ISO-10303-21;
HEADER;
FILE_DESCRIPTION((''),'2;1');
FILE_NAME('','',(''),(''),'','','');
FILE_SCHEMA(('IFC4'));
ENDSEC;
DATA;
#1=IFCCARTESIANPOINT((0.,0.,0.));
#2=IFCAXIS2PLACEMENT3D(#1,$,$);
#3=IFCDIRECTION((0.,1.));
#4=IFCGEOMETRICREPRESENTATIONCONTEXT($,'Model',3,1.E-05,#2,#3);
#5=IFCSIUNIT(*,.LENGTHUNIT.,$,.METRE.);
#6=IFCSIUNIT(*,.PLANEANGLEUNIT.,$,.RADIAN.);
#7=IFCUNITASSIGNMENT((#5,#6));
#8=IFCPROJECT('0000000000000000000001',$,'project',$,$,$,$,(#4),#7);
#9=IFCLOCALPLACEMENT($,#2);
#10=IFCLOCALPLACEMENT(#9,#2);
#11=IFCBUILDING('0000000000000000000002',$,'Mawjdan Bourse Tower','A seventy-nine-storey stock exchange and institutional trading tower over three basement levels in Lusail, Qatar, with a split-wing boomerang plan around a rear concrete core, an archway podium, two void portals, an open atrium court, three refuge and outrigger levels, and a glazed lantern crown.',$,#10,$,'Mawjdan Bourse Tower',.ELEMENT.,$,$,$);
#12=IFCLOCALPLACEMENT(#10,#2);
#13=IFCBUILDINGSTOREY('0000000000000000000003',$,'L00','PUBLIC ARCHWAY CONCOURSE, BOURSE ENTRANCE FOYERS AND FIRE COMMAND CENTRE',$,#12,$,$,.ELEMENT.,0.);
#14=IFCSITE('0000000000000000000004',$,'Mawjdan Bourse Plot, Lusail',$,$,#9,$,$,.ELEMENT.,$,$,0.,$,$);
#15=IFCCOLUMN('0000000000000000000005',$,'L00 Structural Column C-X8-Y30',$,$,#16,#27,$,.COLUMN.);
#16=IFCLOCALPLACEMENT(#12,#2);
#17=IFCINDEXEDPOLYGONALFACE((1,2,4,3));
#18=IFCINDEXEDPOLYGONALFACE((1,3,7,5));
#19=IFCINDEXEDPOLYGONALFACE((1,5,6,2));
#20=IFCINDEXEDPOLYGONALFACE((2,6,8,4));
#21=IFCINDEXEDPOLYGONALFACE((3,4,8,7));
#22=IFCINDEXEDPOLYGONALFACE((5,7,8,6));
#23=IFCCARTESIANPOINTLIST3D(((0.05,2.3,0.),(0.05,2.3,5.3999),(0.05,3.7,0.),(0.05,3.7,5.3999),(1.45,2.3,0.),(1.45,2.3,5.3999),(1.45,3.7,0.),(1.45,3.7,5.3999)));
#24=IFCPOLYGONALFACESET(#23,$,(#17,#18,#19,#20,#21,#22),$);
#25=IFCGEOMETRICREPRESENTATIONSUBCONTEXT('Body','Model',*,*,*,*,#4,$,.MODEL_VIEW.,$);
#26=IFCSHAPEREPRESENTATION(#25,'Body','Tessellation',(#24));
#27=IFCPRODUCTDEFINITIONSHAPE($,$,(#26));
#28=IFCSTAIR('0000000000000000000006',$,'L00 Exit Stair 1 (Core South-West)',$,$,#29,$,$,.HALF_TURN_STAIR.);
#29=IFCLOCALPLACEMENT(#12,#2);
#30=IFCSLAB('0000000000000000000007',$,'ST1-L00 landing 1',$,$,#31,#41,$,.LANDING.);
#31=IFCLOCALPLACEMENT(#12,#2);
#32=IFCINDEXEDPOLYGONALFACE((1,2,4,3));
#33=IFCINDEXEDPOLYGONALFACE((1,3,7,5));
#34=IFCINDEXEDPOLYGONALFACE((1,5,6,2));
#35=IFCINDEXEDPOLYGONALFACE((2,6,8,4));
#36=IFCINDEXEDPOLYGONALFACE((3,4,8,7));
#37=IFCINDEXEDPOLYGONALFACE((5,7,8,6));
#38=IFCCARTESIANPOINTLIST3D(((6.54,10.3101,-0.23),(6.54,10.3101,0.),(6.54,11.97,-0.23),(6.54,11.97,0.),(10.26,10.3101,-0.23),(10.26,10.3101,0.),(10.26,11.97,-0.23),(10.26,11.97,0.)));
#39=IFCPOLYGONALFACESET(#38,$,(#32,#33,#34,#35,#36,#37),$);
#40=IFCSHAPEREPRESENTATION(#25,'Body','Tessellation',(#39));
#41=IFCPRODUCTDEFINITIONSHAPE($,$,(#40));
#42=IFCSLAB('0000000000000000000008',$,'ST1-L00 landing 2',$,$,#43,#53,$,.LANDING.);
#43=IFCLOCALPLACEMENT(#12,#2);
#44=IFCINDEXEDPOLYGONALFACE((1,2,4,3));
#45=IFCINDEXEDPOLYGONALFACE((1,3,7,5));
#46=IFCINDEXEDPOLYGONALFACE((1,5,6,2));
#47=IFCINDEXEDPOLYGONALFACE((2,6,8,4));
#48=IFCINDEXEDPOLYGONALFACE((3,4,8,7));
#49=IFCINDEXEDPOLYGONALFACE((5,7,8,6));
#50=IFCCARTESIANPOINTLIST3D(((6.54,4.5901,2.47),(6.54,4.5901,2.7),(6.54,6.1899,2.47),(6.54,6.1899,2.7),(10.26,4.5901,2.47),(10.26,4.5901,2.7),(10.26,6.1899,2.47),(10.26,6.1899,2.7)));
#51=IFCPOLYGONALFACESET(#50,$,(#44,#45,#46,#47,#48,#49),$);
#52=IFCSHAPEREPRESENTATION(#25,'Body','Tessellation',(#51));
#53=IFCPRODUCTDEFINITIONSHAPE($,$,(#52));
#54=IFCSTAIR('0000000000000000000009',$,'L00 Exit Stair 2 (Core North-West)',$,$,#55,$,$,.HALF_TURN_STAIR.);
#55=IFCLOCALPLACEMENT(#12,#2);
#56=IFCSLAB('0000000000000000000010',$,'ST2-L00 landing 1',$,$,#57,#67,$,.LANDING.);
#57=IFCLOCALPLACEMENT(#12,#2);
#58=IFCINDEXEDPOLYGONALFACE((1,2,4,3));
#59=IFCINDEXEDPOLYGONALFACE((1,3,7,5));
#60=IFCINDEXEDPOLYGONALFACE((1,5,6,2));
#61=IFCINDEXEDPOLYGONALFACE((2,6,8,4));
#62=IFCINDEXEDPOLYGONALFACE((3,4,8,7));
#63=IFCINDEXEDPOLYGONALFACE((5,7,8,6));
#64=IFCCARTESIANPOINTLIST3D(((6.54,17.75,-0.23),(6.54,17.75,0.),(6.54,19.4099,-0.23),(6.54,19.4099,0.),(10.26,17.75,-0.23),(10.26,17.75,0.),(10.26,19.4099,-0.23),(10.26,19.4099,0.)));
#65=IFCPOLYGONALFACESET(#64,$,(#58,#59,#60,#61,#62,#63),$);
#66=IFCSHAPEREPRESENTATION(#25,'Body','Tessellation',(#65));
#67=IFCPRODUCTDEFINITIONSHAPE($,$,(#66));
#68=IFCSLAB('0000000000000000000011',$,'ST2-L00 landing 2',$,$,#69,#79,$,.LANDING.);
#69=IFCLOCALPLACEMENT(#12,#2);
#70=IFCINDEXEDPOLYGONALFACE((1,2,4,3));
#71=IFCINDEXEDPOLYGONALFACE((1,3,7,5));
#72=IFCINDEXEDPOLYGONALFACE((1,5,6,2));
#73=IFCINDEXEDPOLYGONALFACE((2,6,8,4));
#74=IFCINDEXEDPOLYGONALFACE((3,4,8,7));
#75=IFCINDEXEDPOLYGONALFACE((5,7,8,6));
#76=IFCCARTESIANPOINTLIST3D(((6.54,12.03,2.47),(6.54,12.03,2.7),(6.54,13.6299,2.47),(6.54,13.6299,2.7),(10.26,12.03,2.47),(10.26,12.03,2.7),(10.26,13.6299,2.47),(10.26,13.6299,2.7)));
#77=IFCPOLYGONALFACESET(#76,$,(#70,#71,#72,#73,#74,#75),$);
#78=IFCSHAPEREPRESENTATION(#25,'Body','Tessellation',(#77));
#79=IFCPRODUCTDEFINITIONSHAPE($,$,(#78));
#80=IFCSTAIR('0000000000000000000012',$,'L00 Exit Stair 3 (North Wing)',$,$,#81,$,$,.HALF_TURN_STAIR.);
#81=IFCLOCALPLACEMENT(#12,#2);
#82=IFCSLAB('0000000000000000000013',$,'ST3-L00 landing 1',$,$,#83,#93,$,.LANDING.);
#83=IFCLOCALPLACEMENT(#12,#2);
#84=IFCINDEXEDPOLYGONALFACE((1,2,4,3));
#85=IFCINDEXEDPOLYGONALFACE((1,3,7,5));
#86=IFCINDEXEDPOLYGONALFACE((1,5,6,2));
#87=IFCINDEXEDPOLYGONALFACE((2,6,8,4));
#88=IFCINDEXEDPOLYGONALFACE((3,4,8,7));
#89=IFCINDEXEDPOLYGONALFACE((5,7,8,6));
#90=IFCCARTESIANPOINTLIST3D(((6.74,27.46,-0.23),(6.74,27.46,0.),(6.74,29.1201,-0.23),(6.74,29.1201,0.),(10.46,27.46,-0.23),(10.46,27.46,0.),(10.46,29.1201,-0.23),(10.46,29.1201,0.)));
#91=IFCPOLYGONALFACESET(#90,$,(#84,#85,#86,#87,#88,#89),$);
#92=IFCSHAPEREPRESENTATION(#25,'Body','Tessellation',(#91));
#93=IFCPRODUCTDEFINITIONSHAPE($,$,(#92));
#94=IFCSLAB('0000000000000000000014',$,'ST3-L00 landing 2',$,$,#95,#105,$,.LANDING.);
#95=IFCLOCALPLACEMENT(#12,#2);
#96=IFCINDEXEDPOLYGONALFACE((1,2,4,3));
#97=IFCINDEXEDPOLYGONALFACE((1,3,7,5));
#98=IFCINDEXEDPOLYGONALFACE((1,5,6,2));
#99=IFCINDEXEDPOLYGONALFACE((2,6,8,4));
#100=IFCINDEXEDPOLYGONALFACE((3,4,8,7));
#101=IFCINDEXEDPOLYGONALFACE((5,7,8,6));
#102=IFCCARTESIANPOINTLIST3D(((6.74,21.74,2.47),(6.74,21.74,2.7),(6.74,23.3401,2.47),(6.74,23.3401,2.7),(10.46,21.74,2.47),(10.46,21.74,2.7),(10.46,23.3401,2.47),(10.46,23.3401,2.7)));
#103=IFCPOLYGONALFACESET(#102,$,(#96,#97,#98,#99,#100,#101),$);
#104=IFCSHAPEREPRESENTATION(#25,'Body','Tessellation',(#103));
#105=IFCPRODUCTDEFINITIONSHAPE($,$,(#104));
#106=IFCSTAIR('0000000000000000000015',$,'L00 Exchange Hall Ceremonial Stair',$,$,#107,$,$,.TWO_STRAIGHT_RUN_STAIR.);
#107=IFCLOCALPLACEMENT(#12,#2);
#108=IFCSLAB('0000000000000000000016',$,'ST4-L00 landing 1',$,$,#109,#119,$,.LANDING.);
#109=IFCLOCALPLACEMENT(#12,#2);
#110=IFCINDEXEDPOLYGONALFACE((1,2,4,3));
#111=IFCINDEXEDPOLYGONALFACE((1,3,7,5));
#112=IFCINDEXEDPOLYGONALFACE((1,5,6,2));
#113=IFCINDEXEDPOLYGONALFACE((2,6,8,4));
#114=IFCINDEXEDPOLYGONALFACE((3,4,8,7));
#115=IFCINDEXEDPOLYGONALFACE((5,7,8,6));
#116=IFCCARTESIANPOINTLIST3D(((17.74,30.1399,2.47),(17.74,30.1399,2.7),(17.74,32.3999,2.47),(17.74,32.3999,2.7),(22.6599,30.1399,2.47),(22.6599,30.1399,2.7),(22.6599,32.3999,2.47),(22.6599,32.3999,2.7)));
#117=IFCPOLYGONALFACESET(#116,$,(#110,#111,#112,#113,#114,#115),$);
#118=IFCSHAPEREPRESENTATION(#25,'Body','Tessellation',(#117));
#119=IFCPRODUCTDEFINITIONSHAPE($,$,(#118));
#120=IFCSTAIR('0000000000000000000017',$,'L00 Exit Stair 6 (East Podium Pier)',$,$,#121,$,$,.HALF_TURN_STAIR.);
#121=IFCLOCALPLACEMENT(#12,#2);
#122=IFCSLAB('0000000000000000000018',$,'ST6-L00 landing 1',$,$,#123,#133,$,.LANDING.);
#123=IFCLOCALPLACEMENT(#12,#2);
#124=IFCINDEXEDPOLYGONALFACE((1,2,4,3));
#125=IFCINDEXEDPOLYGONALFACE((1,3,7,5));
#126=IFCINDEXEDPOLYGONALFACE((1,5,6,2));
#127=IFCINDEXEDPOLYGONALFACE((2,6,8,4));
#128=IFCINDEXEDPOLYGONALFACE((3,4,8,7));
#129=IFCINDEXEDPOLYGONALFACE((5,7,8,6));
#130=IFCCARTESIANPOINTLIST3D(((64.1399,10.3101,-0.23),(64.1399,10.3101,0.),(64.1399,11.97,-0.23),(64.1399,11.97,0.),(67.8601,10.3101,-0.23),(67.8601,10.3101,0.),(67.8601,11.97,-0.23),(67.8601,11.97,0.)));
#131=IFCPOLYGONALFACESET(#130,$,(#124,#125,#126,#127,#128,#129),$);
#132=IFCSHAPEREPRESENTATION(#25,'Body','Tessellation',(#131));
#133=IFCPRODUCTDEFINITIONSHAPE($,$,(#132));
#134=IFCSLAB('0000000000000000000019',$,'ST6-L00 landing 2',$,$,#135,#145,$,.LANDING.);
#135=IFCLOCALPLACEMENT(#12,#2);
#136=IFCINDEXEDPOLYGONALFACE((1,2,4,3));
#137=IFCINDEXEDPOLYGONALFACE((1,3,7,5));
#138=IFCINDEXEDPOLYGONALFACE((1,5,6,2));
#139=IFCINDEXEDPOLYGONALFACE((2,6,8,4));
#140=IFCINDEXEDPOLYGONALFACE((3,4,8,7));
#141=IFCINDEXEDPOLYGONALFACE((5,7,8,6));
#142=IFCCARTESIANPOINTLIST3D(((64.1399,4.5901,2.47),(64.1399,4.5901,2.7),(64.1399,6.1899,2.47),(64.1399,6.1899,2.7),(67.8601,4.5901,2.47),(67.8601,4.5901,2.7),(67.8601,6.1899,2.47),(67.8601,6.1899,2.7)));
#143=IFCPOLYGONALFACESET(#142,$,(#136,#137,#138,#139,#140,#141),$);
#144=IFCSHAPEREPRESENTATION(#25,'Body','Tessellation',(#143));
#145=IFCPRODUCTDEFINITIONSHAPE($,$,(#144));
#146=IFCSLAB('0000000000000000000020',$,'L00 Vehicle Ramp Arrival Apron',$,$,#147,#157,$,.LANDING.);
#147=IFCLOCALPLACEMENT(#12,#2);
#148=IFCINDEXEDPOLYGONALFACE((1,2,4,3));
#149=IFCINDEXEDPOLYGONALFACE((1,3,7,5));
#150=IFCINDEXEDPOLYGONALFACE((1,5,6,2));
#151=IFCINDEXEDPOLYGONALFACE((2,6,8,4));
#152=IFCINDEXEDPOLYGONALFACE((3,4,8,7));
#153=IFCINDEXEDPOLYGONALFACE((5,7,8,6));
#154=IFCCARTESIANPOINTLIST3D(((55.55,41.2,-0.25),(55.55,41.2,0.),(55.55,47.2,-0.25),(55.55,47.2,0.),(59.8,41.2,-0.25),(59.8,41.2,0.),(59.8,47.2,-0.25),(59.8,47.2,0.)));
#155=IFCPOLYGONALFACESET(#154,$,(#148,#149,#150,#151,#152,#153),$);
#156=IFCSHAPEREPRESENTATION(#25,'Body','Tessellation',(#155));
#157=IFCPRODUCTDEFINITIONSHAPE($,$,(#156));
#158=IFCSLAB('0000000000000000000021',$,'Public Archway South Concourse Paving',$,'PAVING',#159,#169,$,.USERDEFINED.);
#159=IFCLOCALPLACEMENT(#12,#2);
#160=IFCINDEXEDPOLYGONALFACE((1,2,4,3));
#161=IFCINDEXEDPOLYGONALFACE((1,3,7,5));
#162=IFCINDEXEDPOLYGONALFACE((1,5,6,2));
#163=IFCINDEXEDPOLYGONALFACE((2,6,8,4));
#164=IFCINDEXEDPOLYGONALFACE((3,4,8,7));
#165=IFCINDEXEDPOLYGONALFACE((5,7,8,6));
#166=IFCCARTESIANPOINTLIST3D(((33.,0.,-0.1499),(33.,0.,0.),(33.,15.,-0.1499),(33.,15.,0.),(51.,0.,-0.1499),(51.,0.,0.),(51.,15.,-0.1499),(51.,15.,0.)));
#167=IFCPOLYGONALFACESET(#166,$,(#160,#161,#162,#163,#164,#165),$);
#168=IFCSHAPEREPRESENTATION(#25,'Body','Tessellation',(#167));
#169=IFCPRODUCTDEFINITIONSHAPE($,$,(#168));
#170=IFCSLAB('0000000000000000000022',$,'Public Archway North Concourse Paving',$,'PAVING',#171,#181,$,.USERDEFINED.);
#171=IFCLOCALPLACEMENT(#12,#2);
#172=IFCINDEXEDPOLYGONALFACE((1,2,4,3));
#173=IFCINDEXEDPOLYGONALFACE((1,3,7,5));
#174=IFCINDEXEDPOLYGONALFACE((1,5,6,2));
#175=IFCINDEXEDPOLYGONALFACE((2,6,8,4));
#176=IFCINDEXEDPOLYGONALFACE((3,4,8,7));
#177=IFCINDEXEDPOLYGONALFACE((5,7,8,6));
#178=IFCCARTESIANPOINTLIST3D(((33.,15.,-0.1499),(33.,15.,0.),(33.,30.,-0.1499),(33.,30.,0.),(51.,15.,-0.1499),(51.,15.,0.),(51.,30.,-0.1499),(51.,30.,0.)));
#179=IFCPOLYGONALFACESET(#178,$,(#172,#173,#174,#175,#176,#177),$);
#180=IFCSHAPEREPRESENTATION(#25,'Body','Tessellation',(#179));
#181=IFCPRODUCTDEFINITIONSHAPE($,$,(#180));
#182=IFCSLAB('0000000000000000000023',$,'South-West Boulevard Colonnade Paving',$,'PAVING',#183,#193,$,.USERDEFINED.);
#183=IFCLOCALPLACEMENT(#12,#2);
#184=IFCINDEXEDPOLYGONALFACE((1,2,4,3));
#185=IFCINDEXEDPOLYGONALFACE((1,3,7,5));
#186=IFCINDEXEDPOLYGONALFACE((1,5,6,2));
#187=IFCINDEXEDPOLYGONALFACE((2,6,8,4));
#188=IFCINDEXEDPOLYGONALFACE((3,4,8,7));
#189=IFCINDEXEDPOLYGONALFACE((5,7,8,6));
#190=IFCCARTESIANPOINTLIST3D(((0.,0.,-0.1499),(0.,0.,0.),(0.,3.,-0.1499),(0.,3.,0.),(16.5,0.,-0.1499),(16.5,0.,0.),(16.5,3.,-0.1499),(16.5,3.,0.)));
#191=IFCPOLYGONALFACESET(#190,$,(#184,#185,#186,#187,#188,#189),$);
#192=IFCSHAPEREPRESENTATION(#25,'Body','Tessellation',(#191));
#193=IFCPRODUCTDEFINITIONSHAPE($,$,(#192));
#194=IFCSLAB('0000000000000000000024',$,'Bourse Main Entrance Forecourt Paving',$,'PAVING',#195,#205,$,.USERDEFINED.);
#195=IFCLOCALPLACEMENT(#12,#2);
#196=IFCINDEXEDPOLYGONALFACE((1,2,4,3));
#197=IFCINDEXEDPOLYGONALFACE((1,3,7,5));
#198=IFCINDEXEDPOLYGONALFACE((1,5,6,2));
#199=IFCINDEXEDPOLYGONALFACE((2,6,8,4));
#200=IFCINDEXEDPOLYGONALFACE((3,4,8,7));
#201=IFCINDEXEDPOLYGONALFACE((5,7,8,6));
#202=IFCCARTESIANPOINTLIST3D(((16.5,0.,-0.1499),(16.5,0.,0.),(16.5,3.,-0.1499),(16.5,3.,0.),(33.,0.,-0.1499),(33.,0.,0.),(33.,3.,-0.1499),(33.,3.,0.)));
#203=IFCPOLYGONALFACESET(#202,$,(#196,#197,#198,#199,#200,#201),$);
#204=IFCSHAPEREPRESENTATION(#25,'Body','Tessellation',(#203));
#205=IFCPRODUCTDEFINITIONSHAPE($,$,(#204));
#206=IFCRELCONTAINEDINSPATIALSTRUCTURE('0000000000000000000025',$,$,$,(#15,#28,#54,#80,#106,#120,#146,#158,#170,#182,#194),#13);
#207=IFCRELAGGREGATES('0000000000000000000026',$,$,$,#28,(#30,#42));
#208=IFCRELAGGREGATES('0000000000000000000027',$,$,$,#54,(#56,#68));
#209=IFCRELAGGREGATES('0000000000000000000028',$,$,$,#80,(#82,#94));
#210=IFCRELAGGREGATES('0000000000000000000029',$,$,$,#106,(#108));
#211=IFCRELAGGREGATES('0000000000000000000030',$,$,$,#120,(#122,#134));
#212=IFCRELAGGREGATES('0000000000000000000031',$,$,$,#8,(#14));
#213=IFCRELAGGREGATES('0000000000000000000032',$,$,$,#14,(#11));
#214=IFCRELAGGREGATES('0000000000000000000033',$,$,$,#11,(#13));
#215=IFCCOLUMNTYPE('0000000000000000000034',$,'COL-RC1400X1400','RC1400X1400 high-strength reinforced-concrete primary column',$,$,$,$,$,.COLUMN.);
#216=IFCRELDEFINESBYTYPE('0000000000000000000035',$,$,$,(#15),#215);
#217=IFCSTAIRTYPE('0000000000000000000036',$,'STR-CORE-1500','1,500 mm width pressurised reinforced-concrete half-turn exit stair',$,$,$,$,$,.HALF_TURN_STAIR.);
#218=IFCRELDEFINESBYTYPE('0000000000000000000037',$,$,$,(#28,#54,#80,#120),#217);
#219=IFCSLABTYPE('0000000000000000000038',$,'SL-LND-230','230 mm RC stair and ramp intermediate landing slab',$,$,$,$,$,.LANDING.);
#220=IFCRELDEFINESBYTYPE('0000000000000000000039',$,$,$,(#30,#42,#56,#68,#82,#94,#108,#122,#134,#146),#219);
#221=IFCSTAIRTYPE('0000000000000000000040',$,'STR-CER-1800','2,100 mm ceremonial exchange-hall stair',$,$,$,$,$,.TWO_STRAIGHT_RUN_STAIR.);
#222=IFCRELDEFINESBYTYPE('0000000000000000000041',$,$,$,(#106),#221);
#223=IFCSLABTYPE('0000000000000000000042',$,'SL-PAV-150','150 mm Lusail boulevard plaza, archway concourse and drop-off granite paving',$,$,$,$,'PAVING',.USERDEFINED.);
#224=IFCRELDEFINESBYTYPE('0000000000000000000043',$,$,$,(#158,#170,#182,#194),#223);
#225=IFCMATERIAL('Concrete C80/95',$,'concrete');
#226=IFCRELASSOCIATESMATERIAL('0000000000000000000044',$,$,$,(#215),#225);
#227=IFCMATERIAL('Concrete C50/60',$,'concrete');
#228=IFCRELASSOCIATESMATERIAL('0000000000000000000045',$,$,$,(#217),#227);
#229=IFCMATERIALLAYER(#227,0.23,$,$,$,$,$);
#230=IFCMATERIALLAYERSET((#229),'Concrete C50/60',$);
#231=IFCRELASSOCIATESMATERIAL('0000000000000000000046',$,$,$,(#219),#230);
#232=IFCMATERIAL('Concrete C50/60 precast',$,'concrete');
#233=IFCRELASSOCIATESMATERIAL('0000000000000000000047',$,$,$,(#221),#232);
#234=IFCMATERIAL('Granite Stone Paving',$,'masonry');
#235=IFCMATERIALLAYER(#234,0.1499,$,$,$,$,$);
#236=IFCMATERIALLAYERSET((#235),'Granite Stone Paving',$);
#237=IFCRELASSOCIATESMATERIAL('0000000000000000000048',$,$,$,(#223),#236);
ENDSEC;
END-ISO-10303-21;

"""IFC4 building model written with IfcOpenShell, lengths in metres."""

from ifc_helpers import new_model, si_unit, direction, frame, origin, origin_2d, place, context, subcontext, project, spatial, polyline, rectangle, outline, extrude, material, layer, layer_set, material_profile, profile_set, type_object, element, aggregate, save


model = new_model("IFC4")

# Units and contexts
model_context = context("Model", 3, precision=1e-05, world=origin(), true_north=direction((0.0, 1.0)))
body_context = subcontext(model_context, "Body", "Model", "MODEL_VIEW")
ifc_project = project(units=[si_unit("LENGTHUNIT", "METRE"), si_unit("PLANEANGLEUNIT", "RADIAN")], contexts=[model_context])

# Site, building, storey
site_placement = place(None, origin())
site = spatial("IfcSite", under=ifc_project, at=site_placement, Name="Mawjdan Bourse Plot, Lusail", CompositionType="ELEMENT", RefElevation=0.0)
building_placement = place(site_placement, origin())
building = spatial("IfcBuilding", under=site, at=building_placement, Name="Mawjdan Bourse Tower", Description="A seventy-nine-storey stock exchange and institutional trading tower over three basement levels in Lusail, Qatar, with a split-wing boomerang plan around a rear concrete core, an archway podium, two void portals, an open atrium court, three refuge and outrigger levels, and a glazed lantern crown.", LongName="Mawjdan Bourse Tower", CompositionType="ELEMENT")
storey_placement = place(building_placement, origin())
storey = spatial("IfcBuildingStorey", under=building, at=storey_placement, Name="L00", Description="PUBLIC ARCHWAY CONCOURSE, BOURSE ENTRANCE FOYERS AND FIRE COMMAND CENTRE", CompositionType="ELEMENT", Elevation=0.0)

# Column
ifc_material_1 = material(Name="Concrete C80/95", Category="concrete")
ifc_material_profile = material_profile(ifc_material_1, rectangle(XDim=1.3999, YDim=1.3999, at=origin_2d()), Name="RC1400X1400")
ifc_profile_set = profile_set([ifc_material_profile], Name="Concrete C80/95")
column_type = type_object("IfcColumnType", Name="COL-RC1400X1400", Description="RC1400X1400 high-strength reinforced-concrete primary column", PredefinedType="COLUMN", material=ifc_profile_set)
column_placement = place(storey_placement, frame((0.75, 3.0, 0.0), z_axis=(0.0, 0.0, 1.0), x_axis=(1.0, 0.0, 0.0)))
element("IfcColumn", 1, at=column_placement, inside=storey, type_object=column_type, Name="L00 Structural Column C-X8-Y30", PredefinedType="COLUMN", context=body_context, shape_type="SweptSolid", body=[
    extrude(rectangle(XDim=1.3999, YDim=1.3999, at=origin_2d()), origin(), (0.0, 0.0, 1.0), 5.3999),
])

# Stairs, slabs
ifc_material_2 = material(Name="Concrete C50/60", Category="concrete")
stair_type_1 = type_object("IfcStairType", Name="STR-CORE-1500", Description="1,500 mm width pressurised reinforced-concrete half-turn exit stair", PredefinedType="HALF_TURN_STAIR", material=ifc_material_2)
stair_1_placement = place(storey_placement, origin())
stair_1 = element("IfcStair", 2, at=stair_1_placement, inside=storey, type_object=stair_type_1, Name="L00 Exit Stair 1 (Core South-West)", PredefinedType="HALF_TURN_STAIR")
ifc_layer_1 = layer(ifc_material_2, 0.23)
ifc_layer_set_1 = layer_set([ifc_layer_1], Name="Concrete C50/60")
slab_type_1 = type_object("IfcSlabType", Name="SL-LND-230", Description="230 mm RC stair and ramp intermediate landing slab", PredefinedType="LANDING", material=ifc_layer_set_1)
slab_1_placement = place(storey_placement, frame((0.0, 0.0, -0.23)))
slab_1 = element("IfcSlab", 3, at=slab_1_placement, type_object=slab_type_1, Name="ST1-L00 landing 1", PredefinedType="LANDING", context=body_context, shape_type="SweptSolid", body=[
    extrude(outline(polyline([(6.54, 10.3101), (10.26, 10.3101), (10.26, 11.97), (6.54, 11.97), (6.54, 10.3101)])), origin(), (0.0, 0.0, 1.0), 0.23),
])
slab_2_placement = place(storey_placement, frame((0.0, 0.0, 2.47)))
slab_2 = element("IfcSlab", 4, at=slab_2_placement, type_object=slab_type_1, Name="ST1-L00 landing 2", PredefinedType="LANDING", context=body_context, shape_type="SweptSolid", body=[
    extrude(outline(polyline([(6.54, 4.5901), (10.26, 4.5901), (10.26, 6.1899), (6.54, 6.1899), (6.54, 4.5901)])), origin(), (0.0, 0.0, 1.0), 0.23),
])
aggregate(stair_1, [slab_1, slab_2])
stair_2_placement = place(storey_placement, origin())
stair_2 = element("IfcStair", 5, at=stair_2_placement, inside=storey, type_object=stair_type_1, Name="L00 Exit Stair 2 (Core North-West)", PredefinedType="HALF_TURN_STAIR")
slab_3_placement = place(storey_placement, frame((0.0, 0.0, -0.23)))
slab_3 = element("IfcSlab", 6, at=slab_3_placement, type_object=slab_type_1, Name="ST2-L00 landing 1", PredefinedType="LANDING", context=body_context, shape_type="SweptSolid", body=[
    extrude(outline(polyline([(6.54, 17.75), (10.26, 17.75), (10.26, 19.4099), (6.54, 19.4099), (6.54, 17.75)])), origin(), (0.0, 0.0, 1.0), 0.23),
])
slab_4_placement = place(storey_placement, frame((0.0, 0.0, 2.47)))
slab_4 = element("IfcSlab", 7, at=slab_4_placement, type_object=slab_type_1, Name="ST2-L00 landing 2", PredefinedType="LANDING", context=body_context, shape_type="SweptSolid", body=[
    extrude(outline(polyline([(6.54, 12.03), (10.26, 12.03), (10.26, 13.6299), (6.54, 13.6299), (6.54, 12.03)])), origin(), (0.0, 0.0, 1.0), 0.23),
])
aggregate(stair_2, [slab_3, slab_4])
stair_3_placement = place(storey_placement, origin())
stair_3 = element("IfcStair", 8, at=stair_3_placement, inside=storey, type_object=stair_type_1, Name="L00 Exit Stair 3 (North Wing)", PredefinedType="HALF_TURN_STAIR")
slab_5_placement = place(storey_placement, frame((0.0, 0.0, -0.23)))
slab_5 = element("IfcSlab", 9, at=slab_5_placement, type_object=slab_type_1, Name="ST3-L00 landing 1", PredefinedType="LANDING", context=body_context, shape_type="SweptSolid", body=[
    extrude(outline(polyline([(6.74, 27.46), (10.46, 27.46), (10.46, 29.1201), (6.74, 29.1201), (6.74, 27.46)])), origin(), (0.0, 0.0, 1.0), 0.23),
])
slab_6_placement = place(storey_placement, frame((0.0, 0.0, 2.47)))
slab_6 = element("IfcSlab", 10, at=slab_6_placement, type_object=slab_type_1, Name="ST3-L00 landing 2", PredefinedType="LANDING", context=body_context, shape_type="SweptSolid", body=[
    extrude(outline(polyline([(6.74, 21.74), (10.46, 21.74), (10.46, 23.3401), (6.74, 23.3401), (6.74, 21.74)])), origin(), (0.0, 0.0, 1.0), 0.23),
])
aggregate(stair_3, [slab_5, slab_6])

# Stair, slab
ifc_material_3 = material(Name="Concrete C50/60 precast", Category="concrete")
stair_type_2 = type_object("IfcStairType", Name="STR-CER-1800", Description="2,100 mm ceremonial exchange-hall stair", PredefinedType="TWO_STRAIGHT_RUN_STAIR", material=ifc_material_3)
stair_4_placement = place(storey_placement, origin())
stair_4 = element("IfcStair", 11, at=stair_4_placement, inside=storey, type_object=stair_type_2, Name="L00 Exchange Hall Ceremonial Stair", PredefinedType="TWO_STRAIGHT_RUN_STAIR")
slab_7_placement = place(storey_placement, frame((0.0, 0.0, 2.47)))
slab_7 = element("IfcSlab", 12, at=slab_7_placement, type_object=slab_type_1, Name="ST4-L00 landing 1", PredefinedType="LANDING", context=body_context, shape_type="SweptSolid", body=[
    extrude(outline(polyline([(17.74, 30.1399), (22.6599, 30.1399), (22.6599, 32.3999), (17.74, 32.3999), (17.74, 30.1399)])), origin(), (0.0, 0.0, 1.0), 0.23),
])
aggregate(stair_4, [slab_7])

# Stair, slabs
stair_5_placement = place(storey_placement, origin())
stair_5 = element("IfcStair", 13, at=stair_5_placement, inside=storey, type_object=stair_type_1, Name="L00 Exit Stair 6 (East Podium Pier)", PredefinedType="HALF_TURN_STAIR")
slab_8_placement = place(storey_placement, frame((0.0, 0.0, -0.23)))
slab_8 = element("IfcSlab", 14, at=slab_8_placement, type_object=slab_type_1, Name="ST6-L00 landing 1", PredefinedType="LANDING", context=body_context, shape_type="SweptSolid", body=[
    extrude(outline(polyline([(64.1399, 10.3101), (67.8601, 10.3101), (67.8601, 11.97), (64.1399, 11.97), (64.1399, 10.3101)])), origin(), (0.0, 0.0, 1.0), 0.23),
])
slab_9_placement = place(storey_placement, frame((0.0, 0.0, 2.47)))
slab_9 = element("IfcSlab", 15, at=slab_9_placement, type_object=slab_type_1, Name="ST6-L00 landing 2", PredefinedType="LANDING", context=body_context, shape_type="SweptSolid", body=[
    extrude(outline(polyline([(64.1399, 4.5901), (67.8601, 4.5901), (67.8601, 6.1899), (64.1399, 6.1899), (64.1399, 4.5901)])), origin(), (0.0, 0.0, 1.0), 0.23),
])
aggregate(stair_5, [slab_8, slab_9])

# Slabs
slab_10_placement = place(storey_placement, frame((0.0, 0.0, -0.25)))
element("IfcSlab", 16, at=slab_10_placement, inside=storey, type_object=slab_type_1, Name="L00 Vehicle Ramp Arrival Apron", PredefinedType="LANDING", context=body_context, shape_type="SweptSolid", body=[
    extrude(outline(polyline([(55.55, 41.2), (59.8, 41.2), (59.8, 47.2), (55.55, 47.2), (55.55, 41.2)])), origin(), (0.0, 0.0, 1.0), 0.25),
])
ifc_material_4 = material(Name="Granite Stone Paving", Category="masonry")
ifc_layer_2 = layer(ifc_material_4, 0.1499)
ifc_layer_set_2 = layer_set([ifc_layer_2], Name="Granite Stone Paving")
slab_type_2 = type_object("IfcSlabType", Name="SL-PAV-150", Description="150 mm Lusail boulevard plaza, archway concourse and drop-off granite paving", ElementType="PAVING", PredefinedType="USERDEFINED", material=ifc_layer_set_2)
slab_11_placement = place(storey_placement, frame((0.0, 0.0, -0.1499)))
element("IfcSlab", 17, at=slab_11_placement, inside=storey, type_object=slab_type_2, Name="Public Archway South Concourse Paving", ObjectType="PAVING", PredefinedType="USERDEFINED", context=body_context, shape_type="SweptSolid", body=[
    extrude(outline(polyline([(33.0, 0.0), (51.0, 0.0), (51.0, 15.0), (33.0, 15.0), (33.0, 0.0)])), origin(), (0.0, 0.0, 1.0), 0.1499),
])
slab_12_placement = place(storey_placement, frame((0.0, 0.0, -0.1499)))
element("IfcSlab", 18, at=slab_12_placement, inside=storey, type_object=slab_type_2, Name="Public Archway North Concourse Paving", ObjectType="PAVING", PredefinedType="USERDEFINED", context=body_context, shape_type="SweptSolid", body=[
    extrude(outline(polyline([(33.0, 15.0), (51.0, 15.0), (51.0, 30.0), (33.0, 30.0), (33.0, 15.0)])), origin(), (0.0, 0.0, 1.0), 0.1499),
])
slab_13_placement = place(storey_placement, frame((0.0, 0.0, -0.1499)))
element("IfcSlab", 19, at=slab_13_placement, inside=storey, type_object=slab_type_2, Name="South-West Boulevard Colonnade Paving", ObjectType="PAVING", PredefinedType="USERDEFINED", context=body_context, shape_type="SweptSolid", body=[
    extrude(outline(polyline([(0.0, 0.0), (16.5, 0.0), (16.5, 3.0), (0.0, 3.0), (0.0, 0.0)])), origin(), (0.0, 0.0, 1.0), 0.1499),
])
slab_14_placement = place(storey_placement, frame((0.0, 0.0, -0.1499)))
element("IfcSlab", 20, at=slab_14_placement, inside=storey, type_object=slab_type_2, Name="Bourse Main Entrance Forecourt Paving", ObjectType="PAVING", PredefinedType="USERDEFINED", context=body_context, shape_type="SweptSolid", body=[
    extrude(outline(polyline([(16.5, 0.0), (33.0, 0.0), (33.0, 3.0), (16.5, 3.0), (16.5, 0.0)])), origin(), (0.0, 0.0, 1.0), 0.1499),
])

save(model, "model.ifc")
